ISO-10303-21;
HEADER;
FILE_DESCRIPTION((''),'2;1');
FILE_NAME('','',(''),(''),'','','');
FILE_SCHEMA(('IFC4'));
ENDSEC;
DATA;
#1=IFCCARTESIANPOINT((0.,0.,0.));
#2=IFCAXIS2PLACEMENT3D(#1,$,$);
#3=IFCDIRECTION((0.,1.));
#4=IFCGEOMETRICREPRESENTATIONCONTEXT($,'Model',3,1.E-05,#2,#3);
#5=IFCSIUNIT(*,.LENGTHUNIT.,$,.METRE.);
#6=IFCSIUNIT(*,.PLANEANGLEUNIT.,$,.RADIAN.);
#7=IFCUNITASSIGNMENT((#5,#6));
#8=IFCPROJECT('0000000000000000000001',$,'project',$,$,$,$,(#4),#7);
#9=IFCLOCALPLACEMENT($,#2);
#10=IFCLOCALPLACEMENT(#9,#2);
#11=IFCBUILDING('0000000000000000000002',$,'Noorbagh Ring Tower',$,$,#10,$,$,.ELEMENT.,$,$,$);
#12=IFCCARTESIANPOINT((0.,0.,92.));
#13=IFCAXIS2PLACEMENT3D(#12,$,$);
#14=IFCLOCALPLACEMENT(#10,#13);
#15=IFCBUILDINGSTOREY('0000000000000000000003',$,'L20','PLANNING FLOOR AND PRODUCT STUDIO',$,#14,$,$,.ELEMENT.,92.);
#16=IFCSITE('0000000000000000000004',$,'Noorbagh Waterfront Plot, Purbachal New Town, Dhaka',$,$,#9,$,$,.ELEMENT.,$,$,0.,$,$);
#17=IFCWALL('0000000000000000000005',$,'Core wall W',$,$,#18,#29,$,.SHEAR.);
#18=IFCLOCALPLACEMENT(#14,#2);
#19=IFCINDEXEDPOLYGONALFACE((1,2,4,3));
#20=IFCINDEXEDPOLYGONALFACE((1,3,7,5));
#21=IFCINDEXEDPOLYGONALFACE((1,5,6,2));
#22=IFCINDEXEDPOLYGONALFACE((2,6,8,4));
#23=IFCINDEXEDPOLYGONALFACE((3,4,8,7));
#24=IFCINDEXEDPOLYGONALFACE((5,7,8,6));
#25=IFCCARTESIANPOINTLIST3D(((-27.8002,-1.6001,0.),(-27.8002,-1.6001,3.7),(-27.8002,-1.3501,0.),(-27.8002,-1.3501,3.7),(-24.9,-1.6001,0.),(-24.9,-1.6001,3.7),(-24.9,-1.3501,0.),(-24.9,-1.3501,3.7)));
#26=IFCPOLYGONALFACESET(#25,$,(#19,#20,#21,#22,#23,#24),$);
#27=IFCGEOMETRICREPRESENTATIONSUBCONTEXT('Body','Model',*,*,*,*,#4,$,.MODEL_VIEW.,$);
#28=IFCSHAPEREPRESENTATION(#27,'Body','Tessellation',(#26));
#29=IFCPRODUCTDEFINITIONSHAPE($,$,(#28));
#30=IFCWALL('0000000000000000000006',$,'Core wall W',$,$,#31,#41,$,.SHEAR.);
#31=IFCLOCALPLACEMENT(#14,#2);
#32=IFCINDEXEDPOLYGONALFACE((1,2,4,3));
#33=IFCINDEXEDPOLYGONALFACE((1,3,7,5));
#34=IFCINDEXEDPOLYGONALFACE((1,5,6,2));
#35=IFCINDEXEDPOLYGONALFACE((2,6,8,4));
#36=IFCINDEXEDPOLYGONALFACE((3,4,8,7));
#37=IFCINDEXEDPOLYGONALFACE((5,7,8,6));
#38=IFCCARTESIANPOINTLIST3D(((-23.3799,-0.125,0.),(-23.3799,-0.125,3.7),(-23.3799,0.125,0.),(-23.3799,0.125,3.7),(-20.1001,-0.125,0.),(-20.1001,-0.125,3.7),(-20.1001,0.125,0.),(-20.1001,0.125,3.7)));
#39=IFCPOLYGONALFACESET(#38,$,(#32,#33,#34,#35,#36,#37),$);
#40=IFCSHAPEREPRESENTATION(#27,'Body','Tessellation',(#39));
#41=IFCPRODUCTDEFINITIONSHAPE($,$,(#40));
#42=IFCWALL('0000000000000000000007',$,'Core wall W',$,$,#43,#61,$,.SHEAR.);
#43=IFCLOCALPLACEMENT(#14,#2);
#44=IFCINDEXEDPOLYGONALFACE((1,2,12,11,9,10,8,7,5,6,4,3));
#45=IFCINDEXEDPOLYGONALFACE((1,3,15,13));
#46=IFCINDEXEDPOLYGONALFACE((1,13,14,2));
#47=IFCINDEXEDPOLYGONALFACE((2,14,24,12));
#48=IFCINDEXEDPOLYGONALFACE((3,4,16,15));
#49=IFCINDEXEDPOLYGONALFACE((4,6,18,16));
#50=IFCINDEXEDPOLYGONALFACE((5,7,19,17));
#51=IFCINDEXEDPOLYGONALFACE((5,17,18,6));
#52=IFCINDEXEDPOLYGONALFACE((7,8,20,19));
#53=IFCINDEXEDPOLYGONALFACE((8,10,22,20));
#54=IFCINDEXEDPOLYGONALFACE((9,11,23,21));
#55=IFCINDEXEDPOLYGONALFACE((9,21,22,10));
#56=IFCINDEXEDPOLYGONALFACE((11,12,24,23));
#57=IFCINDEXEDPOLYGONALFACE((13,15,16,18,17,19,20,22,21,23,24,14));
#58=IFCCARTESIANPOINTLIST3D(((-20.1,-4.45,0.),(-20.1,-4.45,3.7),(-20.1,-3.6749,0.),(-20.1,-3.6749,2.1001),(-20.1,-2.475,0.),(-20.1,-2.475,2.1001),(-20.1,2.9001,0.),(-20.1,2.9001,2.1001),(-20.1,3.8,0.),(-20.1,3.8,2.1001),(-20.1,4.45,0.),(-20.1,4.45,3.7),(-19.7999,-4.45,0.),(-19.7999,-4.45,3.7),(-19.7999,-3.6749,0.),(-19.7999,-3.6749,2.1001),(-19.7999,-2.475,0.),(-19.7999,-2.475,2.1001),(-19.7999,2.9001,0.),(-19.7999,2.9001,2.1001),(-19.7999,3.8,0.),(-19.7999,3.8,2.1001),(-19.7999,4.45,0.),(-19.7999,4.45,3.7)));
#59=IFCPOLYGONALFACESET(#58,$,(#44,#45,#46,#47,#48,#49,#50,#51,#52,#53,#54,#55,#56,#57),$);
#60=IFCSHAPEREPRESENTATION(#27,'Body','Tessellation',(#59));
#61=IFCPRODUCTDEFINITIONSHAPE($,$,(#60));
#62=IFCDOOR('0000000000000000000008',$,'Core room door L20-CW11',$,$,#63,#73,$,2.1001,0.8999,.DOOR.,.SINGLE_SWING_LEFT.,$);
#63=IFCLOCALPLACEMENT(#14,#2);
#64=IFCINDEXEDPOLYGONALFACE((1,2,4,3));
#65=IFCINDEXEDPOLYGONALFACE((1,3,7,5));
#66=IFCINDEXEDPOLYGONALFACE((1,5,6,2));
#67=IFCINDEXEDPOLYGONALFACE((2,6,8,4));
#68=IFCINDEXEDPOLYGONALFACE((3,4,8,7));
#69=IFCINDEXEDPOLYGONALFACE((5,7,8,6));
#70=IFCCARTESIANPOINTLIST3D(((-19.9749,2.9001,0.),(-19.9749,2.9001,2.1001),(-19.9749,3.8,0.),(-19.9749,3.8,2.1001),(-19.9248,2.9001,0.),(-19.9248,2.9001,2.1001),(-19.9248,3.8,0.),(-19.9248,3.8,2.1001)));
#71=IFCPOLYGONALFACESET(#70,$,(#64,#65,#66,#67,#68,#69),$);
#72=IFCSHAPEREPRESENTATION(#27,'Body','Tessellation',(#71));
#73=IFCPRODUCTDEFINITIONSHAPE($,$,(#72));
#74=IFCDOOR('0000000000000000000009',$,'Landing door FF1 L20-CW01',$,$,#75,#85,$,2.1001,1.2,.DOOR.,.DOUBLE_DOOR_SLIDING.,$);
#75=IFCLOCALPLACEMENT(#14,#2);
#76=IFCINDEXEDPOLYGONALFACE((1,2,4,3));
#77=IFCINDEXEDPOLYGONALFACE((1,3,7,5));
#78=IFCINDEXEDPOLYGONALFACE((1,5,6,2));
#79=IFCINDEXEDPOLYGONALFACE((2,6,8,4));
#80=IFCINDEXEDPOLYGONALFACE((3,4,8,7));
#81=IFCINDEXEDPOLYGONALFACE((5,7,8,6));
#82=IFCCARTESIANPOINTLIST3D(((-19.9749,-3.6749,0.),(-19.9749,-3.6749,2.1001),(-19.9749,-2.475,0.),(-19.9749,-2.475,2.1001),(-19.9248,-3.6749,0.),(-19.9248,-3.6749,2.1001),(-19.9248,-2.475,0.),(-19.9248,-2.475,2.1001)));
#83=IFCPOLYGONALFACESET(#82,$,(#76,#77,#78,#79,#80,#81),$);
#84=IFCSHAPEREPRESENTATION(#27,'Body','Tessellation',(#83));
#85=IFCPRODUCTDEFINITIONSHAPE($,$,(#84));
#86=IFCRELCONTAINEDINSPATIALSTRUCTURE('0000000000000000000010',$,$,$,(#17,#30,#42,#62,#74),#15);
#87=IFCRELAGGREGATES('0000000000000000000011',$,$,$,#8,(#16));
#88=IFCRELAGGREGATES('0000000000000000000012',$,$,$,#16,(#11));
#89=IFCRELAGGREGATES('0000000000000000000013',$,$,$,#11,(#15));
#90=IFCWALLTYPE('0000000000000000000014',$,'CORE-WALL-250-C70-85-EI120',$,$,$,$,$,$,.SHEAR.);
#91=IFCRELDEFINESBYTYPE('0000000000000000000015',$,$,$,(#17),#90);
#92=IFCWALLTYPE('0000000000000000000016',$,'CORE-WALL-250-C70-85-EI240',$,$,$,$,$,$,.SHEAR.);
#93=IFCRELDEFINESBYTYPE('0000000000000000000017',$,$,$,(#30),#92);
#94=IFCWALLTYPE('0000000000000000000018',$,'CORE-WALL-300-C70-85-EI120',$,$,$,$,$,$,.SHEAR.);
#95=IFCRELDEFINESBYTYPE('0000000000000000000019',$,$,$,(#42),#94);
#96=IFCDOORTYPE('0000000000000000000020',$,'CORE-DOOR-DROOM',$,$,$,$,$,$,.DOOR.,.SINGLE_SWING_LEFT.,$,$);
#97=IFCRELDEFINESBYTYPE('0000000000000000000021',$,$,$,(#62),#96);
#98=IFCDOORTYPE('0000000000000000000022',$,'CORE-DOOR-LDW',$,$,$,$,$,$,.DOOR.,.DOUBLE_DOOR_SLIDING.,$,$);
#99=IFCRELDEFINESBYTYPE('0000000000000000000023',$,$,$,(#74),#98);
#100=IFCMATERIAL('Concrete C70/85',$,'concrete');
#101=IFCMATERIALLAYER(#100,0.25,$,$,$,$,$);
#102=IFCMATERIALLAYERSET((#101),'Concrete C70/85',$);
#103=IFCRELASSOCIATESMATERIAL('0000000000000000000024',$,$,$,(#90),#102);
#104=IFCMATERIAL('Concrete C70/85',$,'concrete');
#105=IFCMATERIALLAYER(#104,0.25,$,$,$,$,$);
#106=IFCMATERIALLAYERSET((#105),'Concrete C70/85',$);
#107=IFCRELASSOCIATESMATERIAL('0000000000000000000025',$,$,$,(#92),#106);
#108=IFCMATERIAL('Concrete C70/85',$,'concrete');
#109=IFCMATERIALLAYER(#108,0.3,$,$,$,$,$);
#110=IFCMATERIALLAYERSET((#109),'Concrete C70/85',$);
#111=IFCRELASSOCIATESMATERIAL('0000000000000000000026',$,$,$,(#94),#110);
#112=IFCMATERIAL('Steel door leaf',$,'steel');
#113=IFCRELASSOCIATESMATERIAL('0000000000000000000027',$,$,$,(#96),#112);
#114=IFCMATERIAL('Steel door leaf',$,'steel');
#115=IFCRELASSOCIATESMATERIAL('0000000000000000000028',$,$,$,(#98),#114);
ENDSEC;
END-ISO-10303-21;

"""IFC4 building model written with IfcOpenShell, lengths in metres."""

from ifc_helpers import new_model, si_unit, direction, frame, frame_2d, origin, place, context, subcontext, project, spatial, rectangle, extrude, material, layer, layer_set, type_object, element, fill, save


model = new_model("IFC4")

# Units and contexts
model_context = context("Model", 3, precision=1e-05, world=origin(), true_north=direction((0.0, 1.0)))
body_context = subcontext(model_context, "Body", "Model", "MODEL_VIEW")
ifc_project = project(units=[si_unit("LENGTHUNIT", "METRE"), si_unit("PLANEANGLEUNIT", "RADIAN")], contexts=[model_context])

# Site, building, storey
site_placement = place(None, origin())
site = spatial("IfcSite", under=ifc_project, at=site_placement, Name="Noorbagh Waterfront Plot, Purbachal New Town, Dhaka", CompositionType="ELEMENT", RefElevation=0.0)
building_placement = place(site_placement, origin())
building = spatial("IfcBuilding", under=site, at=building_placement, Name="Noorbagh Ring Tower", CompositionType="ELEMENT")
storey_placement = place(building_placement, frame((0.0, 0.0, 92.0)))
storey = spatial("IfcBuildingStorey", under=building, at=storey_placement, Name="L20", Description="PLANNING FLOOR AND PRODUCT STUDIO", CompositionType="ELEMENT", Elevation=92.0)

# Walls
ifc_material_1 = material(Name="Concrete C70/85", Category="concrete")
ifc_layer_1 = layer(ifc_material_1, 0.25)
ifc_layer_set_1 = layer_set([ifc_layer_1], Name="Concrete C70/85")
wall_type_1 = type_object("IfcWallType", Name="CORE-WALL-250-C70-85-EI120", PredefinedType="SHEAR", material=ifc_layer_set_1)
wall_1_placement = place(storey_placement, frame((-24.8999, -1.4751, 0.0), z_axis=(0.0, 0.0, 1.0), x_axis=(-1.0, 0.0, 0.0)))
element("IfcWall", 1, at=wall_1_placement, inside=storey, type_object=wall_type_1, Name="Core wall W", PredefinedType="SHEAR", context=body_context, shape_type="SweptSolid", body=[
    extrude(rectangle(XDim=2.9001, YDim=0.25, at=frame_2d((1.4502, 0.0))), origin(), (0.0, 0.0, 1.0), 3.7),
])
ifc_material_2 = material(Name="Concrete C70/85", Category="concrete")
ifc_layer_2 = layer(ifc_material_2, 0.25)
ifc_layer_set_2 = layer_set([ifc_layer_2], Name="Concrete C70/85")
wall_type_2 = type_object("IfcWallType", Name="CORE-WALL-250-C70-85-EI240", PredefinedType="SHEAR", material=ifc_layer_set_2)
wall_2_placement = place(storey_placement, frame((-20.1001, 0.0, 0.0), z_axis=(0.0, 0.0, 1.0), x_axis=(-1.0, 0.0, 0.0)))
element("IfcWall", 2, at=wall_2_placement, inside=storey, type_object=wall_type_2, Name="Core wall W", PredefinedType="SHEAR", context=body_context, shape_type="SweptSolid", body=[
    extrude(rectangle(XDim=3.2798, YDim=0.25, at=frame_2d((1.6399, 0.0))), origin(), (0.0, 0.0, 1.0), 3.7),
])

# Wall, openings, doors
ifc_material_3 = material(Name="Concrete C70/85", Category="concrete")
ifc_layer_3 = layer(ifc_material_3, 0.3)
ifc_layer_set_3 = layer_set([ifc_layer_3], Name="Concrete C70/85")
wall_type_3 = type_object("IfcWallType", Name="CORE-WALL-300-C70-85-EI120", PredefinedType="SHEAR", material=ifc_layer_set_3)
wall_3_placement = place(storey_placement, frame((-19.95, -4.45, 0.0), z_axis=(0.0, 0.0, 1.0), x_axis=(0.0, 1.0, 0.0)))
wall_3 = element("IfcWall", 3, at=wall_3_placement, inside=storey, type_object=wall_type_3, Name="Core wall W", PredefinedType="SHEAR", context=body_context, shape_type="SweptSolid", body=[
    extrude(rectangle(XDim=8.8999, YDim=0.3, at=frame_2d((4.45, 0.0))), origin(), (0.0, 0.0, 1.0), 3.7),
])
opening_1_placement = place(wall_3_placement, frame((0.7749, 0.0, 0.0)))
opening_1 = element("IfcOpeningElement", 4, at=opening_1_placement, cuts=wall_3, PredefinedType="OPENING", context=body_context, shape_type="SweptSolid", body=[
    extrude(rectangle(XDim=1.2, YDim=2.1001, at=frame_2d((0.6001, 1.05))), frame((0.0, 0.1602, 0.0), z_axis=(0.0, -1.0, 0.0), x_axis=(1.0, 0.0, 0.0)), (0.0, 0.0, 1.0), 0.3201),
])
opening_2_placement = place(wall_3_placement, frame((7.3501, 0.0, 0.0)))
opening_2 = element("IfcOpeningElement", 5, at=opening_2_placement, cuts=wall_3, PredefinedType="OPENING", context=body_context, shape_type="SweptSolid", body=[
    extrude(rectangle(XDim=0.8999, YDim=2.1001, at=frame_2d((0.45, 1.05))), frame((0.0, 0.1602, 0.0), z_axis=(0.0, -1.0, 0.0), x_axis=(1.0, 0.0, 0.0)), (0.0, 0.0, 1.0), 0.3201),
])
ifc_material_4 = material(Name="Steel door leaf", Category="steel")
door_type_1 = type_object("IfcDoorType", Name="CORE-DOOR-DROOM", OperationType="SINGLE_SWING_LEFT", PredefinedType="DOOR", material=ifc_material_4)
door_1_placement = place(opening_2_placement, origin())
door_1 = element("IfcDoor", 6, at=door_1_placement, inside=storey, type_object=door_type_1, Name="Core room door L20-CW11", OperationType="SINGLE_SWING_LEFT", OverallHeight=2.1001, OverallWidth=0.8999, PredefinedType="DOOR", context=body_context, shape_type="SweptSolid", body=[
    extrude(rectangle(XDim=0.8999, YDim=2.1001, at=frame_2d((0.45, 1.05))), frame((0.0, 0.0249, 0.0), z_axis=(0.0, -1.0, 0.0), x_axis=(1.0, 0.0, 0.0)), (0.0, 0.0, 1.0), 0.05),
])
fill(opening_2, door_1)
ifc_material_5 = material(Name="Steel door leaf", Category="steel")
door_type_2 = type_object("IfcDoorType", Name="CORE-DOOR-LDW", OperationType="DOUBLE_DOOR_SLIDING", PredefinedType="DOOR", material=ifc_material_5)
door_2_placement = place(opening_1_placement, origin())
door_2 = element("IfcDoor", 7, at=door_2_placement, inside=storey, type_object=door_type_2, Name="Landing door FF1 L20-CW01", OperationType="DOUBLE_DOOR_SLIDING", OverallHeight=2.1001, OverallWidth=1.2, PredefinedType="DOOR", context=body_context, shape_type="SweptSolid", body=[
    extrude(rectangle(XDim=1.2, YDim=2.1001, at=frame_2d((0.6001, 1.05))), frame((0.0, 0.0249, 0.0), z_axis=(0.0, -1.0, 0.0), x_axis=(1.0, 0.0, 0.0)), (0.0, 0.0, 1.0), 0.05),
])
fill(opening_1, door_2)

save(model, "model.ifc")
